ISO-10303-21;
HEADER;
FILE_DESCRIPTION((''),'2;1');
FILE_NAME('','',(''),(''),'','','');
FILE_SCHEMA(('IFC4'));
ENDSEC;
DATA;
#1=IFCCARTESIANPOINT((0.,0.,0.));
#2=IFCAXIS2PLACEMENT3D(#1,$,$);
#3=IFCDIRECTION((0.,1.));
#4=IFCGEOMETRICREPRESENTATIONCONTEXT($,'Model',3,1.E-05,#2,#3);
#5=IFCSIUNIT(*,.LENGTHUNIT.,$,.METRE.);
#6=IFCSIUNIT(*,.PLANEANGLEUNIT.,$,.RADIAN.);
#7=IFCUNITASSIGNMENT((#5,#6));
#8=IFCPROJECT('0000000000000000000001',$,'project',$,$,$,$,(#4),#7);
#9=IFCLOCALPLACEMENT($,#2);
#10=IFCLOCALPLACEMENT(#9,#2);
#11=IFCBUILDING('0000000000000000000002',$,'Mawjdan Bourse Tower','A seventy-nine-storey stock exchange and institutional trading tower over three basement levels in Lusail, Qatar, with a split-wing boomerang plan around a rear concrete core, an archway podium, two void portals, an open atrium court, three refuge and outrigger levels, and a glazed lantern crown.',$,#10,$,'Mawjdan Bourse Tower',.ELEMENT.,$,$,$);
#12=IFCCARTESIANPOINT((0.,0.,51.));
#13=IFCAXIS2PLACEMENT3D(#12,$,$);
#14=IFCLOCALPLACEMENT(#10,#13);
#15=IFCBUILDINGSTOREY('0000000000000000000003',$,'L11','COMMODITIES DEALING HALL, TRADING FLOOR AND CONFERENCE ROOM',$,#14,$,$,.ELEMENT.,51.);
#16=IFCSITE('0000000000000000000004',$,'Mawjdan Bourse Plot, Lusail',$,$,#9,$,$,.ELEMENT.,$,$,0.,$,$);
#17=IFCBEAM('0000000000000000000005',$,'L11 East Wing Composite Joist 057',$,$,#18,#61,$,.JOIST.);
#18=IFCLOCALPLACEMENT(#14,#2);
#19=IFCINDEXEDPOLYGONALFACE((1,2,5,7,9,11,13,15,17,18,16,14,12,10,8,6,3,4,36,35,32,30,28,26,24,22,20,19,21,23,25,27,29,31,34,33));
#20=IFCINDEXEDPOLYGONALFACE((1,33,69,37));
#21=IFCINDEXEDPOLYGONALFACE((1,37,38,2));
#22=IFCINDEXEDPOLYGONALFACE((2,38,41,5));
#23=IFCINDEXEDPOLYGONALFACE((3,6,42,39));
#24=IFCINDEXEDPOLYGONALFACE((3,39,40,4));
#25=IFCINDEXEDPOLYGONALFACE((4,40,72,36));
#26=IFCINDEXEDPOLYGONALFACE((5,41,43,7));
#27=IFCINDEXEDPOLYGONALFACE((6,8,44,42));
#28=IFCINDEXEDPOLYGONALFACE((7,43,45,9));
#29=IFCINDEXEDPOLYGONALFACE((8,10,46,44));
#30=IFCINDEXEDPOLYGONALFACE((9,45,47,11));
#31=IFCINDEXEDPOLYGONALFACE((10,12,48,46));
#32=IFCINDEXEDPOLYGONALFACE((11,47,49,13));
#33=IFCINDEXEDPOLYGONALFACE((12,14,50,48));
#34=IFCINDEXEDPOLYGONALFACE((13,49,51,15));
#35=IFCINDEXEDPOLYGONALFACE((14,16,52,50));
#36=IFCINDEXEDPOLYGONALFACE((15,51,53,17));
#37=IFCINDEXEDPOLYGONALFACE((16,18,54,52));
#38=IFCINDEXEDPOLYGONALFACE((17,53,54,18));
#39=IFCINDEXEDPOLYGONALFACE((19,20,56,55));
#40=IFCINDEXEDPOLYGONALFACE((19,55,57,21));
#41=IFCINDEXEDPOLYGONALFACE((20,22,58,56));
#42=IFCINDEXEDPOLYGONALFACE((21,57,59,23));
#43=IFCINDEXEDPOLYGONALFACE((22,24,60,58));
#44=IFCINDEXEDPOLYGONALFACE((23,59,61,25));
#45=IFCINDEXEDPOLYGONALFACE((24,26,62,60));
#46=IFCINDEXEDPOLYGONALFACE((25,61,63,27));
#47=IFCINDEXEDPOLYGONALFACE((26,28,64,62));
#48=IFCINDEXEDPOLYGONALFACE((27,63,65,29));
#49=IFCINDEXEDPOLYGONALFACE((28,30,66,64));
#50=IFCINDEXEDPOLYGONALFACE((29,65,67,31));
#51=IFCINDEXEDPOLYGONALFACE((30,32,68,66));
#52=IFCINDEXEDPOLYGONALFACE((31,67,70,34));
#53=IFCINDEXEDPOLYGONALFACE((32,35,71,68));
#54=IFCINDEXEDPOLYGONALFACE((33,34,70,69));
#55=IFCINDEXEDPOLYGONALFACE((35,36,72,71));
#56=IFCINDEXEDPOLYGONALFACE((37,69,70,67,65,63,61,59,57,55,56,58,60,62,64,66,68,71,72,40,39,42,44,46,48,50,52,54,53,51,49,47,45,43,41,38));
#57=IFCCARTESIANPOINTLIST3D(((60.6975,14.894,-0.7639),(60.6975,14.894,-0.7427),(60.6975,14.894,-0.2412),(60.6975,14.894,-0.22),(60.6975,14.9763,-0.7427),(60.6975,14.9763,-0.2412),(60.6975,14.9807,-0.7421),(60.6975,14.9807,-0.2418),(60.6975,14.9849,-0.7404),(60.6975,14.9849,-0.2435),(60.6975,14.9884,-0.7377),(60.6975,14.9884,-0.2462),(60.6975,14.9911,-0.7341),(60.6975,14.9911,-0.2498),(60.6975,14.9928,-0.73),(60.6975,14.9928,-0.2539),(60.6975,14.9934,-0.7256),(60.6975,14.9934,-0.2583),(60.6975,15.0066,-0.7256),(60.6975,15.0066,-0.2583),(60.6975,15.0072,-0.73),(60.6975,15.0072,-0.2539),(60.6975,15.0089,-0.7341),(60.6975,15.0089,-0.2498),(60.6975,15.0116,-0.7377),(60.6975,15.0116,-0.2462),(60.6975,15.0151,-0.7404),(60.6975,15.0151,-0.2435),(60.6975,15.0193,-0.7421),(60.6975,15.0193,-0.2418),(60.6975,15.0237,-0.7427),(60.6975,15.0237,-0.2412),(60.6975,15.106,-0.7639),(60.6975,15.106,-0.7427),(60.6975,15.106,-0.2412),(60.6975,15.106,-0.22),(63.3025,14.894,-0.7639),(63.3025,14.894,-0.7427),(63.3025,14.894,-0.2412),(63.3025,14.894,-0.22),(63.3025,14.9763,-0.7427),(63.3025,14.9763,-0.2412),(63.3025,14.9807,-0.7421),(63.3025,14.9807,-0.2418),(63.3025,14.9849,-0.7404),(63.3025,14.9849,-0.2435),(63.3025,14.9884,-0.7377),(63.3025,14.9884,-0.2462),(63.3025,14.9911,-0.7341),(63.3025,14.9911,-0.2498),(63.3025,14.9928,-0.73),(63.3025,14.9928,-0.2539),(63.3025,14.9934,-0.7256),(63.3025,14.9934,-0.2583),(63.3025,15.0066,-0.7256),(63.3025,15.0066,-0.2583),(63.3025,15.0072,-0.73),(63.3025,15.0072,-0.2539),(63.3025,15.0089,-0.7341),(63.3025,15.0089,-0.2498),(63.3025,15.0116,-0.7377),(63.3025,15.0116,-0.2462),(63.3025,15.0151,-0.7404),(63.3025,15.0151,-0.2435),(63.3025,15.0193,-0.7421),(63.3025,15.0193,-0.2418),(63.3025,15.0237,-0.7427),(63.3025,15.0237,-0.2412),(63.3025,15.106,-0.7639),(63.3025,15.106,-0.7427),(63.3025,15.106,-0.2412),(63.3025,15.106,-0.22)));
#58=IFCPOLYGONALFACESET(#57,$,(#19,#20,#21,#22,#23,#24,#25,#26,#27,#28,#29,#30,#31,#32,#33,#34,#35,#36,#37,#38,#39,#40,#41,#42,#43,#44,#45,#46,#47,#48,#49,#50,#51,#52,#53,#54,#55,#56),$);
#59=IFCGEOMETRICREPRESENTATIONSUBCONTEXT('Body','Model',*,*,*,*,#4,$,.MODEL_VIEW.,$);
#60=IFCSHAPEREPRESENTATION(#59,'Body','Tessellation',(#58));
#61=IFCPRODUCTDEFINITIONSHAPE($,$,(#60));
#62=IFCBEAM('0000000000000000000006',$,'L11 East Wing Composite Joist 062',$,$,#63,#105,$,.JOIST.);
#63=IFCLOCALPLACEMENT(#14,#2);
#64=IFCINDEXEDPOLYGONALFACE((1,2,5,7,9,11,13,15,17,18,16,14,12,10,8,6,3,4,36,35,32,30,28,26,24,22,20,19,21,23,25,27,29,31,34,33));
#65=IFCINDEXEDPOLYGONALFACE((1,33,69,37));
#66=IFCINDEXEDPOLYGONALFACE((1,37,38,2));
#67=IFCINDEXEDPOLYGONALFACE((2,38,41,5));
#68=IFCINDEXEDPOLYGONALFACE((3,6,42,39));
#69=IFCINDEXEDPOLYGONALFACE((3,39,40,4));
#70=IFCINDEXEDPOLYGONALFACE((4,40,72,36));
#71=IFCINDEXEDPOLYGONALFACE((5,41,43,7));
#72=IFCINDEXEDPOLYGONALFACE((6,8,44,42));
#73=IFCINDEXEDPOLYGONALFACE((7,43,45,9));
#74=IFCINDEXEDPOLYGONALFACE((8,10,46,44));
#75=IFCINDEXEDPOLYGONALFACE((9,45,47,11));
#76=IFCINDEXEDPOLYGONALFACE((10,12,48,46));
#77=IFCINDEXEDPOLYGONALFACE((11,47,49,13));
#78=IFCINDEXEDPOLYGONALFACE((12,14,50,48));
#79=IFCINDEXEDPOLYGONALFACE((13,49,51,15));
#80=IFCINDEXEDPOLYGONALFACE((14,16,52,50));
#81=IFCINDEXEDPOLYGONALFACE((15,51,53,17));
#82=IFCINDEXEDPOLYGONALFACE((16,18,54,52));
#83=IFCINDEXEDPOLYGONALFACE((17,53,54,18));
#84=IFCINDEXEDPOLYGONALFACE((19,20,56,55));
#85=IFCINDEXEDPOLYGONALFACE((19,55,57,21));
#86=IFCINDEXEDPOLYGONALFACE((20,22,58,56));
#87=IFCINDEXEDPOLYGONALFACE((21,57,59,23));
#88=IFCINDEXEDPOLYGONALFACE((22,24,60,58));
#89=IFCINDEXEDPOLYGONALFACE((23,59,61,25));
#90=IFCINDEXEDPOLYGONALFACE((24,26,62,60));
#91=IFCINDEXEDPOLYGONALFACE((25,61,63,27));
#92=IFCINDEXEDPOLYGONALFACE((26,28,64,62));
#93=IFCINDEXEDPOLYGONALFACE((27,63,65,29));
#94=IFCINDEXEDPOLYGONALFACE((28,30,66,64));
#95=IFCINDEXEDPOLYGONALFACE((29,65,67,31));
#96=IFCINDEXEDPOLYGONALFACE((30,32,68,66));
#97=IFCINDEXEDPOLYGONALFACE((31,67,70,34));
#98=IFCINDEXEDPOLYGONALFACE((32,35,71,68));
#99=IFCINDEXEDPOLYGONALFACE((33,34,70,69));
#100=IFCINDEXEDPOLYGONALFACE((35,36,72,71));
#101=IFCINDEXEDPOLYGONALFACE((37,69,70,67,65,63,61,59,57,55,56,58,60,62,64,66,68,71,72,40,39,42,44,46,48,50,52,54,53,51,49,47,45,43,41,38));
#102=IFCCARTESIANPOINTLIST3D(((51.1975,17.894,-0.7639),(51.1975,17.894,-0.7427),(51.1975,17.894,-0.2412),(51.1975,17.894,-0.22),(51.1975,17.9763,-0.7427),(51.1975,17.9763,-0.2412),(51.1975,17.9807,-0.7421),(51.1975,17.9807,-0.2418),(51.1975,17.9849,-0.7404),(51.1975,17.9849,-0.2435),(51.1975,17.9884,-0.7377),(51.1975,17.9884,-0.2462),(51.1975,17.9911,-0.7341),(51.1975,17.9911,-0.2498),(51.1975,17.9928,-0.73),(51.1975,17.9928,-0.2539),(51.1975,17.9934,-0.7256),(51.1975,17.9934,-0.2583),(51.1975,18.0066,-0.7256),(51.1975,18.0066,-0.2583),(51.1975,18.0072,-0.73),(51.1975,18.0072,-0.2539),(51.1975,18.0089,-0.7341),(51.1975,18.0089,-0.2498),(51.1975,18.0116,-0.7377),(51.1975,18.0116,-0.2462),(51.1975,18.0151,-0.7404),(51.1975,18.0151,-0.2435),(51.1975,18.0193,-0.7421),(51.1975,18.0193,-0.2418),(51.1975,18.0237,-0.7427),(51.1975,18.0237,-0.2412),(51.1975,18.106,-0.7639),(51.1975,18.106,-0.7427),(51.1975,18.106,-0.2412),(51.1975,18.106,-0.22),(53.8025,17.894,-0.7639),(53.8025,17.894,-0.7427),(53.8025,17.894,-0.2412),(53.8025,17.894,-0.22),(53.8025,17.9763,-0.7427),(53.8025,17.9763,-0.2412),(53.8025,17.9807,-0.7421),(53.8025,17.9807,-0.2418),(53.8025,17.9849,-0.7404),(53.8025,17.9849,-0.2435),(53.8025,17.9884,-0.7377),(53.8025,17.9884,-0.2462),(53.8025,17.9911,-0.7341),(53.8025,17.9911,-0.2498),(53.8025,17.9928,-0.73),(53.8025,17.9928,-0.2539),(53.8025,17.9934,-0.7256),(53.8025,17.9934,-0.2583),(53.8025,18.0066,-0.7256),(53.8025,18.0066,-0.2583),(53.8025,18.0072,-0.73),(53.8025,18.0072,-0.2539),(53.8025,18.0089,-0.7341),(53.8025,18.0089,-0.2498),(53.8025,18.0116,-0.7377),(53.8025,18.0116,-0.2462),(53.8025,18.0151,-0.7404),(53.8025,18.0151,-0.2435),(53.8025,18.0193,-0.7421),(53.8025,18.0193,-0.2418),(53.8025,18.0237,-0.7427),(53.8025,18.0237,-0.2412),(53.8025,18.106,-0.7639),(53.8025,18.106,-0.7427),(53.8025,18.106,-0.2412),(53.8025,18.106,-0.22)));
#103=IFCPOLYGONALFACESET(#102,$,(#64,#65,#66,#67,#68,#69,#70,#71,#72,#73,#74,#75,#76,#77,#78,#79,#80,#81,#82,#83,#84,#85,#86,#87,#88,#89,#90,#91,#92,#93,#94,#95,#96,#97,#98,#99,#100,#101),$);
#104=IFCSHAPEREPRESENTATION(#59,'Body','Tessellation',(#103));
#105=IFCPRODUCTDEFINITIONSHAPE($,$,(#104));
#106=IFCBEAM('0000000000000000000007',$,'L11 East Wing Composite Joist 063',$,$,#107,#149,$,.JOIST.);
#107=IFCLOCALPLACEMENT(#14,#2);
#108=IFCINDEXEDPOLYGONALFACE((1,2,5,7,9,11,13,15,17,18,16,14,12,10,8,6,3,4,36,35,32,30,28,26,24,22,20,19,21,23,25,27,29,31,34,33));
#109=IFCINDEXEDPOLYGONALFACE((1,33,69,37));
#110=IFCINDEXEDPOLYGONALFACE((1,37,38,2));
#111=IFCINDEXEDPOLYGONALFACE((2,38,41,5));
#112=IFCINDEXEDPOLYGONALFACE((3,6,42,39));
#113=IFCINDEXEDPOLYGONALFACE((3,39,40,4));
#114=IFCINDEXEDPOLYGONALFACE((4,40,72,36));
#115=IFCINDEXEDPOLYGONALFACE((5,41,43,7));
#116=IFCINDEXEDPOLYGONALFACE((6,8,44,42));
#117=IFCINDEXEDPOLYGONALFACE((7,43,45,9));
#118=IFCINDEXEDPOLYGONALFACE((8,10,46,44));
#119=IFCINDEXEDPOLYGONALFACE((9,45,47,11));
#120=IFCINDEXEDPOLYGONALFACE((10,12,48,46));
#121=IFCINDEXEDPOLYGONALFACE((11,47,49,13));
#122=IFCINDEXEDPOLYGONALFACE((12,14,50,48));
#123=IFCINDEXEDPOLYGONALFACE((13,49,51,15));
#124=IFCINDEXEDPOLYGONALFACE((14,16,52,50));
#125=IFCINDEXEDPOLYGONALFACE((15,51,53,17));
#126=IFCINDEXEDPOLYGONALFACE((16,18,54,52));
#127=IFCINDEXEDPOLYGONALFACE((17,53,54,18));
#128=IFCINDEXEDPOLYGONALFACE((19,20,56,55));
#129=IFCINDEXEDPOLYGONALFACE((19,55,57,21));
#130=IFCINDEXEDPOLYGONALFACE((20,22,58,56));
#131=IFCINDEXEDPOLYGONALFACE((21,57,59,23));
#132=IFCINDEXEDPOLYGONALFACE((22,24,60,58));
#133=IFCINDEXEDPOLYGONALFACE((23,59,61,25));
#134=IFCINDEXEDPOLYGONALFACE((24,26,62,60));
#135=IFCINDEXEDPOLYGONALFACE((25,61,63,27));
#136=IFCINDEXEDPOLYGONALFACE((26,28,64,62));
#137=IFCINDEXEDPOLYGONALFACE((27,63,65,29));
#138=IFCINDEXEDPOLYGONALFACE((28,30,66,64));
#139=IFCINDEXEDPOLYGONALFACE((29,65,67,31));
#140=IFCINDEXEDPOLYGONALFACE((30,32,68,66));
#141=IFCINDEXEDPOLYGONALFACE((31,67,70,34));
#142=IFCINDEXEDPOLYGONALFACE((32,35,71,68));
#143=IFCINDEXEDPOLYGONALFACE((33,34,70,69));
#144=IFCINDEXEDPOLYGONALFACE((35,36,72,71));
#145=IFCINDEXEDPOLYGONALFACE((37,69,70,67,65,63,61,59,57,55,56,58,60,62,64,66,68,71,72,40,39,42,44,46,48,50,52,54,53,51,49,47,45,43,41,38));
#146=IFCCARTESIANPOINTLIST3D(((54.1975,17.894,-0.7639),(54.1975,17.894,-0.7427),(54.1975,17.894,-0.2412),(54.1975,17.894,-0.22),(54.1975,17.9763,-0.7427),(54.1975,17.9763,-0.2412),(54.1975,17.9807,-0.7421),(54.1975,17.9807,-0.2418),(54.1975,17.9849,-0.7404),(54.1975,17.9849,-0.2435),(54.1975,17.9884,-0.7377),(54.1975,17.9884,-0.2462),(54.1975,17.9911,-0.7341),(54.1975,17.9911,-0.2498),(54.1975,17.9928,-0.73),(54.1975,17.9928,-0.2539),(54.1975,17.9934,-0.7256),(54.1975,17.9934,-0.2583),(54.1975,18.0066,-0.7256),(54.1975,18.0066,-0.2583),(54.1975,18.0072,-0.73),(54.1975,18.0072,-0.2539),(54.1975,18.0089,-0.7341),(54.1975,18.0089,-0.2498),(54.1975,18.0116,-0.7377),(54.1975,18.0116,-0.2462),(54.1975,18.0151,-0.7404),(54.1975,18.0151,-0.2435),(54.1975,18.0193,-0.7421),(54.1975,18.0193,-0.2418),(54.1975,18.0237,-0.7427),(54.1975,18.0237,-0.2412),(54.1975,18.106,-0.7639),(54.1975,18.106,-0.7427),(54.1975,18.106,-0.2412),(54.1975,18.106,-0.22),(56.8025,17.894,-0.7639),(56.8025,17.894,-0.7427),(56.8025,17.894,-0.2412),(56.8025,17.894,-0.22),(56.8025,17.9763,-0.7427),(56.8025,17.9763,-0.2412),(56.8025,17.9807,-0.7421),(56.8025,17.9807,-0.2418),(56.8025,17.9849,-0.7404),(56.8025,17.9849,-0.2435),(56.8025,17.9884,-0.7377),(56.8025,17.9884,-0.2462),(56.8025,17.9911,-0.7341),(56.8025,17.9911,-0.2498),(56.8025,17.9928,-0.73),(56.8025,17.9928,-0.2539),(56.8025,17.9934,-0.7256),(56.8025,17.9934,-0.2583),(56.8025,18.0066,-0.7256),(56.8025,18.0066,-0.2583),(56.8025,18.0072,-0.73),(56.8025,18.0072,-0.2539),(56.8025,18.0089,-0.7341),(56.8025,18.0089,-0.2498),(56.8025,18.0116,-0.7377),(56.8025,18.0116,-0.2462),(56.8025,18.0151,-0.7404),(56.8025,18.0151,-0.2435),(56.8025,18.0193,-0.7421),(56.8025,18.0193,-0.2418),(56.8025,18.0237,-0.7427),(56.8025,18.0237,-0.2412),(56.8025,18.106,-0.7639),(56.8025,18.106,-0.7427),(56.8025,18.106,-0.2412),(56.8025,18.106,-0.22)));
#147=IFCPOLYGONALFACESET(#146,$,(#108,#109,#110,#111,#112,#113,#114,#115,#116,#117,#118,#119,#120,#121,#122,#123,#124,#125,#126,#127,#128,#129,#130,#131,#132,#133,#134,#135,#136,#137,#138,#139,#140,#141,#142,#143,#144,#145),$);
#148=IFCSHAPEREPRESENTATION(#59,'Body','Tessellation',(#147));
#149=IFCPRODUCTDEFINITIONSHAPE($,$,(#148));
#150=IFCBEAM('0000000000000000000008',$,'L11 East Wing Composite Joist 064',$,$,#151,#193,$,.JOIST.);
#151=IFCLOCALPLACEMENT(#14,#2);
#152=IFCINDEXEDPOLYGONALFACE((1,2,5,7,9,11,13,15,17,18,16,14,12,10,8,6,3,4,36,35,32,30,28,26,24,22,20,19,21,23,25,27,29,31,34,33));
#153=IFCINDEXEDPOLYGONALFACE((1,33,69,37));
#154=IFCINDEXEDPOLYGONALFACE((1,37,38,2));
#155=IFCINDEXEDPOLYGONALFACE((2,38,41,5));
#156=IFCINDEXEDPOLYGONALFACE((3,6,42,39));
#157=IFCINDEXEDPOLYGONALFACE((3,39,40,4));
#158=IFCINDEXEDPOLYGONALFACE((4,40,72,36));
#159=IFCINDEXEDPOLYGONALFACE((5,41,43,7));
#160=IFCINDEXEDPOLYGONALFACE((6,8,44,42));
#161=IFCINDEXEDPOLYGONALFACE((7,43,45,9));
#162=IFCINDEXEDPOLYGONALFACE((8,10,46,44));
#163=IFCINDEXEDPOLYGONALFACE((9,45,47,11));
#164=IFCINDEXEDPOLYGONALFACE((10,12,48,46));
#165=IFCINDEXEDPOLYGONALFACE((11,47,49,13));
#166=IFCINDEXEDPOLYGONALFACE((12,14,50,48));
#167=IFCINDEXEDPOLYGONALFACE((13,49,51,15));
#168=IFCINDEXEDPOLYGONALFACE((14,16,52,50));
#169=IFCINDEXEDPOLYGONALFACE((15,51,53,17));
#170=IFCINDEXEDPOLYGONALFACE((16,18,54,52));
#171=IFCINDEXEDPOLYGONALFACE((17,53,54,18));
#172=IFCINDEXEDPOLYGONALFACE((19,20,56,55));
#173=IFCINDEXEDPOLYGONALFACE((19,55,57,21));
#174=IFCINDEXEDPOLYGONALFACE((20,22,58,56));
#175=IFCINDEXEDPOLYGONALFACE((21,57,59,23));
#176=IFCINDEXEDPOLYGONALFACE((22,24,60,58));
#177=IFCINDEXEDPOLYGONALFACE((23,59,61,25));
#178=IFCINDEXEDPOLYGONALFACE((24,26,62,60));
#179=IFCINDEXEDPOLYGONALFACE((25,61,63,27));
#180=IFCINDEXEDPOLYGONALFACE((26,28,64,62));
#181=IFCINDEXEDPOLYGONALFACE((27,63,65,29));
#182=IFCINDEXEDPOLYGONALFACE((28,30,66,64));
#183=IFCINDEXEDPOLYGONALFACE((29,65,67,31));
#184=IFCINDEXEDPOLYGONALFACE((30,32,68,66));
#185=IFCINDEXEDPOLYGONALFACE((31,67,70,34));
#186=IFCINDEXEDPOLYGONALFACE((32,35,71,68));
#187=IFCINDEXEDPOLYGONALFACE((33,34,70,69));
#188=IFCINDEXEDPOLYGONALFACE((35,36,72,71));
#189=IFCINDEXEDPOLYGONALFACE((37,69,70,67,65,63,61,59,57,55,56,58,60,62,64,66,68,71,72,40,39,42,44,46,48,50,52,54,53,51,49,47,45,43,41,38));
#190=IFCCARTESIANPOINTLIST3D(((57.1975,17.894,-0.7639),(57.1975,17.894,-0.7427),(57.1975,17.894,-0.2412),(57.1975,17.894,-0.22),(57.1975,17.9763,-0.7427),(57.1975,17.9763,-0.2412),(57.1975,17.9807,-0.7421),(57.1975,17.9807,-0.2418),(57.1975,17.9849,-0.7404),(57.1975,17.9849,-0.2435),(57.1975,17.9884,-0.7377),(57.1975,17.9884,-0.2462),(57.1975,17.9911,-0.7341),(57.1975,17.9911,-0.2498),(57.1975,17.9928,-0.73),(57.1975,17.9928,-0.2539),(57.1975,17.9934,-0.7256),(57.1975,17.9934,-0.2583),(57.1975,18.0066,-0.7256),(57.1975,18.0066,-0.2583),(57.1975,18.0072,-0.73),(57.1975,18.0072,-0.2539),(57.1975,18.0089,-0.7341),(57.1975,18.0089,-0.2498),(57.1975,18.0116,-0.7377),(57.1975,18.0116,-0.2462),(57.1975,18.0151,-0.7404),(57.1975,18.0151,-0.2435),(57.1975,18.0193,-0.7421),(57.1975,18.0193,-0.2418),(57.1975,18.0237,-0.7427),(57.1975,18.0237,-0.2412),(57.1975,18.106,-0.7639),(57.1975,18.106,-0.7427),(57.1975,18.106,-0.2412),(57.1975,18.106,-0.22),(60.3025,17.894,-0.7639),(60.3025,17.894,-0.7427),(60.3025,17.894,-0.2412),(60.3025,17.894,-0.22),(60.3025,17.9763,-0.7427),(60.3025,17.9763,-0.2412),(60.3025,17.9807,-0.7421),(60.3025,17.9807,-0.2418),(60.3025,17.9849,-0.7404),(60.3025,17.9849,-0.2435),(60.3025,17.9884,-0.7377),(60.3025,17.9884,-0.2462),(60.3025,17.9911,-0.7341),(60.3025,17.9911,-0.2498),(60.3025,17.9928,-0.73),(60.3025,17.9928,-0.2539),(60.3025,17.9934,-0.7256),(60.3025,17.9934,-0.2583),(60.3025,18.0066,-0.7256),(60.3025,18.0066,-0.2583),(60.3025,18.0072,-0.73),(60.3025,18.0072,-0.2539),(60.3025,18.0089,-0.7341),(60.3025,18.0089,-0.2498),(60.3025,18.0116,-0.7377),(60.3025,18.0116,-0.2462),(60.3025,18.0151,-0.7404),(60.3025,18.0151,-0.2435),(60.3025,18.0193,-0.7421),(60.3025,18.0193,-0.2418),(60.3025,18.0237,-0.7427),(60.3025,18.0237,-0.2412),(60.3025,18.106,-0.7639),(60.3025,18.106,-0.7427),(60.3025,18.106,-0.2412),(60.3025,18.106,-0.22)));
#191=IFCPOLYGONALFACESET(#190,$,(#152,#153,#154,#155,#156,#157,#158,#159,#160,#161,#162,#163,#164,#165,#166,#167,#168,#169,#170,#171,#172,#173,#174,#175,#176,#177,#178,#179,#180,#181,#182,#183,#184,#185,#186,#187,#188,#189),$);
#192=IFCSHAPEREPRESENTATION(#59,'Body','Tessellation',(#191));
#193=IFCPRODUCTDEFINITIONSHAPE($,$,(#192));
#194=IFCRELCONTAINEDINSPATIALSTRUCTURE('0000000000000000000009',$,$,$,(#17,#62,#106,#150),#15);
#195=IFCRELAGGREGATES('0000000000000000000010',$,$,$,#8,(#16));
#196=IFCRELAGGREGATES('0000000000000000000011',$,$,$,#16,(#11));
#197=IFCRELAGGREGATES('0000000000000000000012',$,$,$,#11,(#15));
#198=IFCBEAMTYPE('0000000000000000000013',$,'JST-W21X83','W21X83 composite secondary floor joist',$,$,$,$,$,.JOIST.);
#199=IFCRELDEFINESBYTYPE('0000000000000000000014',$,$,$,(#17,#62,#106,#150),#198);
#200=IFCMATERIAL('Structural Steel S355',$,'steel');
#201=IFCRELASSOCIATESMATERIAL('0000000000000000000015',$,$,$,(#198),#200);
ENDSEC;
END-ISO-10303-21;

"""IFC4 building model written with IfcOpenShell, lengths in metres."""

from ifc_helpers import new_model, si_unit, direction, frame, origin, origin_2d, place, context, subcontext, project, spatial, i_section, extrude, material, material_profile, profile_set, type_object, element, save


model = new_model("IFC4")

# Units and contexts
model_context = context("Model", 3, precision=1e-05, world=origin(), true_north=direction((0.0, 1.0)))
body_context = subcontext(model_context, "Body", "Model", "MODEL_VIEW")
ifc_project = project(units=[si_unit("LENGTHUNIT", "METRE"), si_unit("PLANEANGLEUNIT", "RADIAN")], contexts=[model_context])

# Site, building, storey
site_placement = place(None, origin())
site = spatial("IfcSite", under=ifc_project, at=site_placement, Name="Mawjdan Bourse Plot, Lusail", CompositionType="ELEMENT", RefElevation=0.0)
building_placement = place(site_placement, origin())
building = spatial("IfcBuilding", under=site, at=building_placement, Name="Mawjdan Bourse Tower", Description="A seventy-nine-storey stock exchange and institutional trading tower over three basement levels in Lusail, Qatar, with a split-wing boomerang plan around a rear concrete core, an archway podium, two void portals, an open atrium court, three refuge and outrigger levels, and a glazed lantern crown.", LongName="Mawjdan Bourse Tower", CompositionType="ELEMENT")
storey_placement = place(building_placement, frame((0.0, 0.0, 51.0)))
storey = spatial("IfcBuildingStorey", under=building, at=storey_placement, Name="L11", Description="COMMODITIES DEALING HALL, TRADING FLOOR AND CONFERENCE ROOM", CompositionType="ELEMENT", Elevation=51.0)

# Beams
ifc_material_1 = material(Name="Structural Steel S355", Category="steel")
ifc_material_profile_1 = material_profile(ifc_material_1, i_section(OverallWidth=0.2119, OverallDepth=0.5439, WebThickness=0.0132, FlangeThickness=0.0212, FilletRadius=0.0171, at=origin_2d()), Name="W21X83")
ifc_profile_set_1 = profile_set([ifc_material_profile_1], Name="Structural Steel S355")
beam_type_1 = type_object("IfcBeamType", Name="JST-W21X83", Description="W21X83 composite secondary floor joist", PredefinedType="JOIST", material=ifc_profile_set_1)
for number, where, z_axis, x_axis, name in (
    (1, (60.6975, 15.0, -0.4919), (1.0, 0.0, 0.0), (0.0, 1.0, 0.0), "L11 East Wing Composite Joist 057"),
    (2, (51.1975, 18.0, -0.4919), (1.0, 0.0, 0.0), (0.0, 1.0, 0.0), "L11 East Wing Composite Joist 062"),
    (3, (54.1975, 18.0, -0.4919), (1.0, 0.0, 0.0), (0.0, 1.0, 0.0), "L11 East Wing Composite Joist 063"),
):
    element("IfcBeam", number, at=place(storey_placement, frame(where, z_axis=z_axis, x_axis=x_axis)), inside=storey, type_object=beam_type_1, Name=name, PredefinedType="JOIST", context=body_context, shape_type="SweptSolid", body=[
        extrude(i_section(OverallWidth=0.2119, OverallDepth=0.5439, WebThickness=0.0132, FlangeThickness=0.0212, FilletRadius=0.0171, at=origin_2d()), origin(), (0.0, 0.0, 1.0), 2.605),
    ])
beam_1_placement = place(storey_placement, frame((57.1975, 18.0, -0.4919), z_axis=(1.0, 0.0, 0.0), x_axis=(0.0, 1.0, 0.0)))
element("IfcBeam", 4, at=beam_1_placement, inside=storey, type_object=beam_type_1, Name="L11 East Wing Composite Joist 064", PredefinedType="JOIST", context=body_context, shape_type="SweptSolid", body=[
    extrude(i_section(OverallWidth=0.2119, OverallDepth=0.5439, WebThickness=0.0132, FlangeThickness=0.0212, FilletRadius=0.0171, at=origin_2d()), origin(), (0.0, 0.0, 1.0), 3.105),
])

save(model, "model.ifc")
